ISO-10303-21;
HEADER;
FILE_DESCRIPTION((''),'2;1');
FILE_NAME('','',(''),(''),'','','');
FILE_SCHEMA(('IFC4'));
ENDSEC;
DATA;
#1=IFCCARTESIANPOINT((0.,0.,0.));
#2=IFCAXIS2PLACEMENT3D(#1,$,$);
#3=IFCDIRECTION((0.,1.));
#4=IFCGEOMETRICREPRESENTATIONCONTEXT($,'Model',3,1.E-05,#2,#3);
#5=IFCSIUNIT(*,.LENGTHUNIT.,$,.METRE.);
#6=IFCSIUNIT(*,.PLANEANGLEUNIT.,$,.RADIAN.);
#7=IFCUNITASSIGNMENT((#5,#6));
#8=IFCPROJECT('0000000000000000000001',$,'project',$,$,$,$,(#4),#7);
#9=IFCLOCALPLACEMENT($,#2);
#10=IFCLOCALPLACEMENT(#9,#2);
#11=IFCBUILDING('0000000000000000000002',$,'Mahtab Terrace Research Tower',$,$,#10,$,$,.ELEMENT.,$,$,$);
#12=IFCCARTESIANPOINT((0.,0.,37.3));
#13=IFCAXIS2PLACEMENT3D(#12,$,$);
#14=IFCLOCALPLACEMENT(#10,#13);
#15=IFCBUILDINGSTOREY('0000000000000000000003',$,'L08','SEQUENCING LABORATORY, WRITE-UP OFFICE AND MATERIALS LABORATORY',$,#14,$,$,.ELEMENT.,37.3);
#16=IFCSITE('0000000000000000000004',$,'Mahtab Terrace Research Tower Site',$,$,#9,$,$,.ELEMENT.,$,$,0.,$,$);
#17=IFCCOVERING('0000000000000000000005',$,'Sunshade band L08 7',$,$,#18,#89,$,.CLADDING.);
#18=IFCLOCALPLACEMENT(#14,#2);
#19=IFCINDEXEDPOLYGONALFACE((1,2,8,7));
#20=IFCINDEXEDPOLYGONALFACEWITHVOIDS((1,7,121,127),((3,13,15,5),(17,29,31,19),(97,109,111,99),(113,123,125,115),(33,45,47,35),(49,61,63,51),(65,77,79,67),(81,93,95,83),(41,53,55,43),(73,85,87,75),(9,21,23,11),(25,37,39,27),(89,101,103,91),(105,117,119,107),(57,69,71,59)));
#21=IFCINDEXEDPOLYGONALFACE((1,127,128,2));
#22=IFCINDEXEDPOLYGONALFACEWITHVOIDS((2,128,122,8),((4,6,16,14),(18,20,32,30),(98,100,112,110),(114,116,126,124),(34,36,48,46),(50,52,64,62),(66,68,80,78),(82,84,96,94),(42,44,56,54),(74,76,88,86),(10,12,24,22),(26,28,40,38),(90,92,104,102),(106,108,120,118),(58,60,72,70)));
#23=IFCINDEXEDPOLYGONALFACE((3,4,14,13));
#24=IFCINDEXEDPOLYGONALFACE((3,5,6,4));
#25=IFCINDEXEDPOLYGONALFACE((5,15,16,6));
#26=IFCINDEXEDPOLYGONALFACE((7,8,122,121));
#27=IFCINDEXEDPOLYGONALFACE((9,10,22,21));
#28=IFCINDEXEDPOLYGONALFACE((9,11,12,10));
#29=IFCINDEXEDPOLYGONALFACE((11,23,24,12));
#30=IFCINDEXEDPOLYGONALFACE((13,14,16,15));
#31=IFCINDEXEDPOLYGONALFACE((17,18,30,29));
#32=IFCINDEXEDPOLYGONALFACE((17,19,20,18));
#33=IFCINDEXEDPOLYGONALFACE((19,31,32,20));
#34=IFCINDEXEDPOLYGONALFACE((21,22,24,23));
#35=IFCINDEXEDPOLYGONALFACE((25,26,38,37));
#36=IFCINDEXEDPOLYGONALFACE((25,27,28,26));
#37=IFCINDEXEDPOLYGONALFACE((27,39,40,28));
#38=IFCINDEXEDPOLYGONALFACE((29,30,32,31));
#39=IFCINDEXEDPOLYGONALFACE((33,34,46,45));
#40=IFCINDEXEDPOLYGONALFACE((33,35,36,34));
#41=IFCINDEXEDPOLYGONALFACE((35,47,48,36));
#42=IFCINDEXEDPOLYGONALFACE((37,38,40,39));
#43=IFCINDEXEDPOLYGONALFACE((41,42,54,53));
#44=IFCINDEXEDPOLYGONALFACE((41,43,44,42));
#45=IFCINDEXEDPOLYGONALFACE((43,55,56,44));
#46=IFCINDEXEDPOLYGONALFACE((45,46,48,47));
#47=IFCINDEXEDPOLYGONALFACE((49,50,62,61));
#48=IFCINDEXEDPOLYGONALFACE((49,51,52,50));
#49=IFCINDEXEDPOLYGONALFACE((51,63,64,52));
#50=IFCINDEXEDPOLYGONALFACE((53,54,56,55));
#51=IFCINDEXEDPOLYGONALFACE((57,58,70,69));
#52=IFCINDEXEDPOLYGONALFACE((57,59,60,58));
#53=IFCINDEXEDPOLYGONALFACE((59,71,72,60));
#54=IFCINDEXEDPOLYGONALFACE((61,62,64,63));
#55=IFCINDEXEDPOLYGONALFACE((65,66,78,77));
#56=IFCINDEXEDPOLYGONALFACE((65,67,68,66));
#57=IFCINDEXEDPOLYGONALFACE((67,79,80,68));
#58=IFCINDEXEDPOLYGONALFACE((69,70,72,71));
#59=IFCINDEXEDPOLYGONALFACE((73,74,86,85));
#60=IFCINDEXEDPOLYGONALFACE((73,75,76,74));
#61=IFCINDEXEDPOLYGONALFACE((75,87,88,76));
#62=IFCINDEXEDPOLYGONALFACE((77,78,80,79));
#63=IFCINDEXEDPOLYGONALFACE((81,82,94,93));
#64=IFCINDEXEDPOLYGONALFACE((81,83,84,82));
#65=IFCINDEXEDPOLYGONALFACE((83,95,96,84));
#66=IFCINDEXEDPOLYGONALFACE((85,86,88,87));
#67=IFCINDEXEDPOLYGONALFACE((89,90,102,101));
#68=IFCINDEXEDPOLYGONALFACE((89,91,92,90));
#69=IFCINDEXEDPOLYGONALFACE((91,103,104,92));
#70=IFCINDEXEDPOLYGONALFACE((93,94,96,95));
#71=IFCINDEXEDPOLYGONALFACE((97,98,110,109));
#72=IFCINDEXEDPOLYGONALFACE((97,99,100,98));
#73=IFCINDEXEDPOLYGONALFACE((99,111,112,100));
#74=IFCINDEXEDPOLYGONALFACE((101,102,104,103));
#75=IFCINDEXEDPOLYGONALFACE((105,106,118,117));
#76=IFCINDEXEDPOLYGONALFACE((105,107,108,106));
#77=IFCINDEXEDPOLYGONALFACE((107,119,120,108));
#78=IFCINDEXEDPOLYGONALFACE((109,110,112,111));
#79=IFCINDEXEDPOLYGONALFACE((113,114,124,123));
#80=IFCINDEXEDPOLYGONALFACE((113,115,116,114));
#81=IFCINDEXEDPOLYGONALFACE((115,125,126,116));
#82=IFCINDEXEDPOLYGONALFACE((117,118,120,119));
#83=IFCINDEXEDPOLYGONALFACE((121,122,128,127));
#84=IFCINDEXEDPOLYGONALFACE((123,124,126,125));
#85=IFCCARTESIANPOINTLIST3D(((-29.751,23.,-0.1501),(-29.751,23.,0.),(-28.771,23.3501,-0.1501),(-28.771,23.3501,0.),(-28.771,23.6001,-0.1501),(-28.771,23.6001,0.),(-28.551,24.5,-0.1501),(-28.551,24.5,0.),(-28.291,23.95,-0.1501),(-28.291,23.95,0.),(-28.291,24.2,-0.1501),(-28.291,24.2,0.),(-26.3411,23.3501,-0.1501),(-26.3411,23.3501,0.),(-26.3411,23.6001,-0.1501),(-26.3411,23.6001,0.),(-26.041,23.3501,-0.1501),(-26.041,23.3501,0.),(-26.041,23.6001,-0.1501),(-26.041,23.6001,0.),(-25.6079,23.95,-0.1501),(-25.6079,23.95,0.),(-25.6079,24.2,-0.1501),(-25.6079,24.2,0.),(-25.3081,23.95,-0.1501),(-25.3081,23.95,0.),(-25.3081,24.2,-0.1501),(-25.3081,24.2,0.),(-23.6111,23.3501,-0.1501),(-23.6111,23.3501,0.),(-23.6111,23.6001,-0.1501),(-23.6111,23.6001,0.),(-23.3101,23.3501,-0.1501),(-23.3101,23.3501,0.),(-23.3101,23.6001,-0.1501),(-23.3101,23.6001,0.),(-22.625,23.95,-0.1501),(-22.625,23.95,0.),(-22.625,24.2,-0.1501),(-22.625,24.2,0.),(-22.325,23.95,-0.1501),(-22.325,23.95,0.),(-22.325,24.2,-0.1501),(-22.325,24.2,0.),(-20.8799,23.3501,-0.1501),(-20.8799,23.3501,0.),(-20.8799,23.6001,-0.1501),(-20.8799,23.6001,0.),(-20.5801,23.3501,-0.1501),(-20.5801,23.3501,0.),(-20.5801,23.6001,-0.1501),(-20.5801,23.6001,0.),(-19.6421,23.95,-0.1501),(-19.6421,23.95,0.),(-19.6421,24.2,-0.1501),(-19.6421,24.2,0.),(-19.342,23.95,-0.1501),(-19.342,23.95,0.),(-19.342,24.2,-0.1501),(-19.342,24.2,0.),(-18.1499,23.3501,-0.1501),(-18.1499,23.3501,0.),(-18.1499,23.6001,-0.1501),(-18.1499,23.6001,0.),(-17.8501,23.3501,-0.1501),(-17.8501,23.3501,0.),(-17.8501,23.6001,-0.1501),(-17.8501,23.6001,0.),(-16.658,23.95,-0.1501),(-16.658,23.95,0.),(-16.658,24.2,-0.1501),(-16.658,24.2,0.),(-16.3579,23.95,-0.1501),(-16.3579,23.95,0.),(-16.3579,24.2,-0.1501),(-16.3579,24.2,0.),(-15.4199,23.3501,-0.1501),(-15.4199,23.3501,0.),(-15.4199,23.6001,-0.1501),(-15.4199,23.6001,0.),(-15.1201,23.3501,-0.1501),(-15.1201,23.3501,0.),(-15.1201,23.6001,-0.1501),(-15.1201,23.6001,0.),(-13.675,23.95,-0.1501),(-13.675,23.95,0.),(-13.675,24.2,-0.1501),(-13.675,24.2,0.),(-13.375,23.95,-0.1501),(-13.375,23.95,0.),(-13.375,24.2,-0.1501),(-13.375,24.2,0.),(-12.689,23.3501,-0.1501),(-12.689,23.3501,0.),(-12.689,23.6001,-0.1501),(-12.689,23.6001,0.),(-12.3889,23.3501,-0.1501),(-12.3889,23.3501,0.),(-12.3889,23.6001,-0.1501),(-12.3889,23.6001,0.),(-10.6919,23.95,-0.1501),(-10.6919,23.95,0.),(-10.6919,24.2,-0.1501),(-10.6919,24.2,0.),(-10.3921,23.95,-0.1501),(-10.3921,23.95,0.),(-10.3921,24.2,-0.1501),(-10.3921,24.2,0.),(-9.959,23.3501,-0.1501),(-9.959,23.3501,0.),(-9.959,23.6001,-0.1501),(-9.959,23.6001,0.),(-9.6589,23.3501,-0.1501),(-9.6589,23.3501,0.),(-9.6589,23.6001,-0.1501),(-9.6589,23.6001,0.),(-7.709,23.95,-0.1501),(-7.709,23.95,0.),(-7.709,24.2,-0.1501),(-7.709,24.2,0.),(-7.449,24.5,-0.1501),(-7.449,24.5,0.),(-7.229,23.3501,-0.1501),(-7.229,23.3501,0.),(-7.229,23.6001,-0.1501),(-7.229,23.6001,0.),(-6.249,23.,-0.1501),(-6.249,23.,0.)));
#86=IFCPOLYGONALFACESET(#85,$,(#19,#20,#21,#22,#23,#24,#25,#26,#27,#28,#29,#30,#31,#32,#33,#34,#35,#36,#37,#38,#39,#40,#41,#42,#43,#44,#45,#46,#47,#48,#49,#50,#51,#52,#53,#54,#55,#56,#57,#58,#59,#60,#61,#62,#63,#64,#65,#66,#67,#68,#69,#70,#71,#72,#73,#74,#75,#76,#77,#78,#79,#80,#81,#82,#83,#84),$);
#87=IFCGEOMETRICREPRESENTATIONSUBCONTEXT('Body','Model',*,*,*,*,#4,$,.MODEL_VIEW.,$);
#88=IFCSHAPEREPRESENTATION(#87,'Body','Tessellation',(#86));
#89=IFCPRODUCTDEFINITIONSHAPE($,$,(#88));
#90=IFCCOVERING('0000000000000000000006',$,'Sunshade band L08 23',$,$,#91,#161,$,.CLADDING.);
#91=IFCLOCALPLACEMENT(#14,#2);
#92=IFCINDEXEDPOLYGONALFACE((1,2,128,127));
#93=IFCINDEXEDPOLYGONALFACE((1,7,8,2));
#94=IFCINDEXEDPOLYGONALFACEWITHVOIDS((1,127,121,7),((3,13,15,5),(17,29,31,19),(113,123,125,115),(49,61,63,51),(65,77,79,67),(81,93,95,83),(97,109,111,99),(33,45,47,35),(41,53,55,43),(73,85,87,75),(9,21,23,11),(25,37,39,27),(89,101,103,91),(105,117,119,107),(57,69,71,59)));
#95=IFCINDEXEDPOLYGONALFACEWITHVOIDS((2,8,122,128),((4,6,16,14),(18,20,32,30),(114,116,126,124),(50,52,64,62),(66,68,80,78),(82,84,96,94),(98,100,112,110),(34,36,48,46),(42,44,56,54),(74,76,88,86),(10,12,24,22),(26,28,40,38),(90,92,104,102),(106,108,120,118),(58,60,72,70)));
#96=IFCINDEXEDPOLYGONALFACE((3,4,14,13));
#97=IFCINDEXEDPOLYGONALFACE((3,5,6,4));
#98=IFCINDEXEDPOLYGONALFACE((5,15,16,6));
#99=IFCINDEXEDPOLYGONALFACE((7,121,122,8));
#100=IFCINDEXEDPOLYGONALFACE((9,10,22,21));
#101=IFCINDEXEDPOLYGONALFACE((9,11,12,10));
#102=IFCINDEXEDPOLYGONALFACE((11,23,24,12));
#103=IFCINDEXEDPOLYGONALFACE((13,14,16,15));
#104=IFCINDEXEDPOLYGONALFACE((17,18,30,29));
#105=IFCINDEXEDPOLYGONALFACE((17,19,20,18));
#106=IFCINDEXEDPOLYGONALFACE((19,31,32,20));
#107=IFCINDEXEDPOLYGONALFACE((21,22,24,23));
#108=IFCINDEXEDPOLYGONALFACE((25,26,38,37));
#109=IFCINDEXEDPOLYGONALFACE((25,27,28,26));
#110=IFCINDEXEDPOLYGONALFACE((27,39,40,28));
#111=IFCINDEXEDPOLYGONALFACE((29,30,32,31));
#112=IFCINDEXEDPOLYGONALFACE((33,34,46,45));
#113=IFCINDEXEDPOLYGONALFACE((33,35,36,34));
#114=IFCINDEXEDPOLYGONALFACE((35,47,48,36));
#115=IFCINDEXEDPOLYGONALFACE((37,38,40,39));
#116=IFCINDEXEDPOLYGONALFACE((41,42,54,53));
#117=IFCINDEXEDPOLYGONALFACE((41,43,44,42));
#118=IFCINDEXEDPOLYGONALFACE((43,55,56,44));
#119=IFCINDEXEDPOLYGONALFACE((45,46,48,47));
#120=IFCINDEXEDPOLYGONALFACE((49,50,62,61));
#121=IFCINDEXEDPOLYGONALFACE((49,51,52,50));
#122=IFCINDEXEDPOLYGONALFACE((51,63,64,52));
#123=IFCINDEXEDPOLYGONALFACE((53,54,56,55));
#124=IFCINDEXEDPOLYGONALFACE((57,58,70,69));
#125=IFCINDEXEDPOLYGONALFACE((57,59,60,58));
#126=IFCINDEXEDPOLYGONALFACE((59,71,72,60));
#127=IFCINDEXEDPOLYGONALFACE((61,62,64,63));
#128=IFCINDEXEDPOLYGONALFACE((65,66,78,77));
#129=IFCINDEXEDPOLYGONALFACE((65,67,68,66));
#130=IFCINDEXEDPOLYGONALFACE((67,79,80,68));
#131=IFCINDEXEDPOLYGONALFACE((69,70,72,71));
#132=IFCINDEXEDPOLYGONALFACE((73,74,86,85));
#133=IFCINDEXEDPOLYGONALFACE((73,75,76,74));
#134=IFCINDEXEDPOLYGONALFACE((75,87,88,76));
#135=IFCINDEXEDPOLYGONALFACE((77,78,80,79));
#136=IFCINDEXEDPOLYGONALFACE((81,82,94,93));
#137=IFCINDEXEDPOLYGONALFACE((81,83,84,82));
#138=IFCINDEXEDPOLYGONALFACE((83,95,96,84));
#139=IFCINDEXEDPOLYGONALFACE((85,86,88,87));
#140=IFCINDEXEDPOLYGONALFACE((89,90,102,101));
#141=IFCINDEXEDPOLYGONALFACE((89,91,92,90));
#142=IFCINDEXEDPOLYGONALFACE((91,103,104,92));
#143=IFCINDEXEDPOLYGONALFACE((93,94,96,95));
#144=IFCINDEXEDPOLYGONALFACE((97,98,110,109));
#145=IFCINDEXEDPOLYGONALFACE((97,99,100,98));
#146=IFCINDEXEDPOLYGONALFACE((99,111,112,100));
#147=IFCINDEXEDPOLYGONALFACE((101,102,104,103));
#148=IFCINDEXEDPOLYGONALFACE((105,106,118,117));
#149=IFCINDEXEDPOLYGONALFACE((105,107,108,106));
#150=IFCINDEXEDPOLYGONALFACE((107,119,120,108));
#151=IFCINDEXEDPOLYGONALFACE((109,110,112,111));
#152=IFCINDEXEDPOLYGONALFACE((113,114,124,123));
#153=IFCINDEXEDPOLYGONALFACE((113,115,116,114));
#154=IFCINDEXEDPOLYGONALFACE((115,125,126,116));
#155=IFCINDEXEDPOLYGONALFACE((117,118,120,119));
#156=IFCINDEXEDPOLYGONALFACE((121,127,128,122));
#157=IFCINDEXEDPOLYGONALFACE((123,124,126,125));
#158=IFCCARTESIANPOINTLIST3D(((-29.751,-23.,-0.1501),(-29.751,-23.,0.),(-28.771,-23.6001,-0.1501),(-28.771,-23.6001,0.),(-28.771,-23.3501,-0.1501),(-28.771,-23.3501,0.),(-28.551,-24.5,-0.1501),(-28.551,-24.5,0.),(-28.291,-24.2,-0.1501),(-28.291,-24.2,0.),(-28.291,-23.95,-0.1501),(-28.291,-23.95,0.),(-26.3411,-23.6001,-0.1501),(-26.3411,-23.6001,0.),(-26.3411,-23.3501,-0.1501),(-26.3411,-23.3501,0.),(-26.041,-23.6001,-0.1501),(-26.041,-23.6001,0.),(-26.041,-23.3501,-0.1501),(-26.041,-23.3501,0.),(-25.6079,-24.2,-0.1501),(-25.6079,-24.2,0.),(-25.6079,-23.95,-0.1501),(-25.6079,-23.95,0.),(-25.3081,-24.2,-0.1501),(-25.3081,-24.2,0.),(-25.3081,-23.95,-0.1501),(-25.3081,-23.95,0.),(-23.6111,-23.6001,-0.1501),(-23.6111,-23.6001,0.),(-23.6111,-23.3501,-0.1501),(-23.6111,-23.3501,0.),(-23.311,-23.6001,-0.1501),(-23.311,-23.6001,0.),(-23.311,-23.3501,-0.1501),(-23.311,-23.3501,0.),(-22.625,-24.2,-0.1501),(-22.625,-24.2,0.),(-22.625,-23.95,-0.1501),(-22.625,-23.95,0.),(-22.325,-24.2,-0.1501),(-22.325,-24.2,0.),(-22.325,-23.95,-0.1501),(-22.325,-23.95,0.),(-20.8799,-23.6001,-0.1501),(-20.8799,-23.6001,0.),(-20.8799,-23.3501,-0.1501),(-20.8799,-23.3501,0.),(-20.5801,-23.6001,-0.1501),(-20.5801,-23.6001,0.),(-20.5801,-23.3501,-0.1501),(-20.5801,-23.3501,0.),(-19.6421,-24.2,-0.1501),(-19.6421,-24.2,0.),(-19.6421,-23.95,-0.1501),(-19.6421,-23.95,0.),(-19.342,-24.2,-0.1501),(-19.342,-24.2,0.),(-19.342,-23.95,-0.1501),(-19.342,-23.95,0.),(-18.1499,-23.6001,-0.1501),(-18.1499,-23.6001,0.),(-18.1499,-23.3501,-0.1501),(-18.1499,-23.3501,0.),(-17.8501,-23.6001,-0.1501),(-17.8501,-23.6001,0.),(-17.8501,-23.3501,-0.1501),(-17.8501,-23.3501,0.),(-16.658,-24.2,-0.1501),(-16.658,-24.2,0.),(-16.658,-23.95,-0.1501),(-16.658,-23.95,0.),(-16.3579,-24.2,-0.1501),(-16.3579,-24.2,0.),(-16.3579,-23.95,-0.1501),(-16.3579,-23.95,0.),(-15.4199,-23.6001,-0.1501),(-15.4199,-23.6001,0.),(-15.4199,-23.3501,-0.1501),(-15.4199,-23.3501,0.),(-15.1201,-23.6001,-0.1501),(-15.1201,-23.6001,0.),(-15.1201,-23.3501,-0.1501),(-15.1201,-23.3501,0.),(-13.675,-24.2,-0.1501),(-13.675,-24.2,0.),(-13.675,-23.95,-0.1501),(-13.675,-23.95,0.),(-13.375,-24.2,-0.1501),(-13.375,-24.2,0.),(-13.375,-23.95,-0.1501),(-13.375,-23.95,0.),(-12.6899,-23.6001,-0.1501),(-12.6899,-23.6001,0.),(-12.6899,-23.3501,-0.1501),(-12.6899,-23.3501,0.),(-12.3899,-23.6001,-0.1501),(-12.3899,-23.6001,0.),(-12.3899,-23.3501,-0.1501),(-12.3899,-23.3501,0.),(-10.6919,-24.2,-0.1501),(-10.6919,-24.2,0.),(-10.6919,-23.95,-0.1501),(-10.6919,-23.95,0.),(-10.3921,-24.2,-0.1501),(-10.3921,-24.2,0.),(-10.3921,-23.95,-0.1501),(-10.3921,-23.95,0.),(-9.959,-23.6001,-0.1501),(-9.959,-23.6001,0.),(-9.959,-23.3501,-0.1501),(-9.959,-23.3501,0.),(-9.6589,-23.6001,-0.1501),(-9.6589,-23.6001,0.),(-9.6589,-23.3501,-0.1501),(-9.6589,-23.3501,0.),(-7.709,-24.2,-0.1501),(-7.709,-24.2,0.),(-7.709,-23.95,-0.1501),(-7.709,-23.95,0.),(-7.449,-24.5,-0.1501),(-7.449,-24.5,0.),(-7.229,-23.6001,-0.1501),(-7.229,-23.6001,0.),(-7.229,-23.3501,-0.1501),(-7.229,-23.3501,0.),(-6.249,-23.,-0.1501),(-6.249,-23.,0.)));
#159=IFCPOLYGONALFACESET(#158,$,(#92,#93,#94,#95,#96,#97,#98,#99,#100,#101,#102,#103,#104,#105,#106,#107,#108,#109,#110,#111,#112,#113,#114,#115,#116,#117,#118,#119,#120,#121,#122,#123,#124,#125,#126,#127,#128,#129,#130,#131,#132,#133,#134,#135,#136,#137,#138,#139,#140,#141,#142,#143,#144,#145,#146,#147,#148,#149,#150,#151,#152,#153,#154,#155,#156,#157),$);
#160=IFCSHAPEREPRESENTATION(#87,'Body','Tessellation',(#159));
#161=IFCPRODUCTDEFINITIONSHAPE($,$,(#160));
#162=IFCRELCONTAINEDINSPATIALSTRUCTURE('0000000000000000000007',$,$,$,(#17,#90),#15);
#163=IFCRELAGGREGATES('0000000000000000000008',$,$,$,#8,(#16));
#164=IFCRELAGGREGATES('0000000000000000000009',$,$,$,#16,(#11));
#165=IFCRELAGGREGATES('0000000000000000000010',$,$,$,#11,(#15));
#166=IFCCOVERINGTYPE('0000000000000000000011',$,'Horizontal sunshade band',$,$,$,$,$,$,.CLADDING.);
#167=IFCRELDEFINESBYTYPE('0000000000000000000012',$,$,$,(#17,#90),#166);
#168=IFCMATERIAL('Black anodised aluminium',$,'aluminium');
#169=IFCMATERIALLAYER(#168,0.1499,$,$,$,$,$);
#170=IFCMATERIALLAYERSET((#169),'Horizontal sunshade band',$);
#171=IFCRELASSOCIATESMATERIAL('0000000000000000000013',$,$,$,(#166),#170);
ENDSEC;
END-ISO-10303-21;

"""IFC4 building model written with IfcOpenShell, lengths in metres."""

from ifc_helpers import new_model, si_unit, direction, frame, origin, place, context, subcontext, project, spatial, polyline, outline, extrude, material, layer, layer_set, type_object, element, save


model = new_model("IFC4")

# Units and contexts
model_context = context("Model", 3, precision=1e-05, world=origin(), true_north=direction((0.0, 1.0)))
body_context = subcontext(model_context, "Body", "Model", "MODEL_VIEW")
ifc_project = project(units=[si_unit("LENGTHUNIT", "METRE"), si_unit("PLANEANGLEUNIT", "RADIAN")], contexts=[model_context])

# Site, building, storey
site_placement = place(None, origin())
site = spatial("IfcSite", under=ifc_project, at=site_placement, Name="Mahtab Terrace Research Tower Site", CompositionType="ELEMENT", RefElevation=0.0)
building_placement = place(site_placement, origin())
building = spatial("IfcBuilding", under=site, at=building_placement, Name="Mahtab Terrace Research Tower", CompositionType="ELEMENT")
storey_placement = place(building_placement, frame((0.0, 0.0, 37.3)))
storey = spatial("IfcBuildingStorey", under=building, at=storey_placement, Name="L08", Description="SEQUENCING LABORATORY, WRITE-UP OFFICE AND MATERIALS LABORATORY", CompositionType="ELEMENT", Elevation=37.3)

# Coverings
ifc_material_1 = material(Name="Black anodised aluminium", Category="aluminium")
ifc_layer_1 = layer(ifc_material_1, 0.1499)
ifc_layer_set_1 = layer_set([ifc_layer_1], Name="Horizontal sunshade band")
covering_type = type_object("IfcCoveringType", Name="Horizontal sunshade band", PredefinedType="CLADDING", material=ifc_layer_set_1)
covering_1_placement = place(storey_placement, frame((0.0, 0.0, -0.1501)))
element("IfcCovering", 1, at=covering_1_placement, inside=storey, type_object=covering_type, Name="Sunshade band L08 7", PredefinedType="CLADDING", context=body_context, shape_type="SweptSolid", body=[
    extrude(outline(polyline([(-6.249, 23.0), (-29.751, 23.0), (-28.551, 24.5), (-7.449, 24.5), (-6.249, 23.0)]), holes=[polyline([(-7.229, 23.3501), (-9.6589, 23.3501), (-9.6589, 23.6001), (-7.229, 23.6001), (-7.229, 23.3501)]), polyline([(-9.959, 23.3501), (-12.3889, 23.3501), (-12.3889, 23.6001), (-9.959, 23.6001), (-9.959, 23.3501)]), polyline([(-12.689, 23.3501), (-15.1201, 23.3501), (-15.1201, 23.6001), (-12.689, 23.6001), (-12.689, 23.3501)]), polyline([(-15.4199, 23.3501), (-17.8501, 23.3501), (-17.8501, 23.6001), (-15.4199, 23.6001), (-15.4199, 23.3501)]), polyline([(-18.1499, 23.3501), (-20.5801, 23.3501), (-20.5801, 23.6001), (-18.1499, 23.6001), (-18.1499, 23.3501)]), polyline([(-20.8799, 23.3501), (-23.3101, 23.3501), (-23.3101, 23.6001), (-20.8799, 23.6001), (-20.8799, 23.3501)]), polyline([(-23.6111, 23.3501), (-26.041, 23.3501), (-26.041, 23.6001), (-23.6111, 23.6001), (-23.6111, 23.3501)]), polyline([(-26.3411, 23.3501), (-28.771, 23.3501), (-28.771, 23.6001), (-26.3411, 23.6001), (-26.3411, 23.3501)]), polyline([(-7.709, 23.95), (-10.3921, 23.95), (-10.3921, 24.2), (-7.709, 24.2), (-7.709, 23.95)]), polyline([(-10.6919, 23.95), (-13.375, 23.95), (-13.375, 24.2), (-10.6919, 24.2), (-10.6919, 23.95)]), polyline([(-13.675, 23.95), (-16.3579, 23.95), (-16.3579, 24.2), (-13.675, 24.2), (-13.675, 23.95)]), polyline([(-16.658, 23.95), (-19.342, 23.95), (-19.342, 24.2), (-16.658, 24.2), (-16.658, 23.95)]), polyline([(-19.6421, 23.95), (-22.325, 23.95), (-22.325, 24.2), (-19.6421, 24.2), (-19.6421, 23.95)]), polyline([(-22.625, 23.95), (-25.3081, 23.95), (-25.3081, 24.2), (-22.625, 24.2), (-22.625, 23.95)]), polyline([(-25.6079, 23.95), (-28.291, 23.95), (-28.291, 24.2), (-25.6079, 24.2), (-25.6079, 23.95)])]), origin(), (0.0, 0.0, 1.0), 0.1501),
])
covering_2_placement = place(storey_placement, frame((0.0, 0.0, -0.1501)))
element("IfcCovering", 2, at=covering_2_placement, inside=storey, type_object=covering_type, Name="Sunshade band L08 23", PredefinedType="CLADDING", context=body_context, shape_type="SweptSolid", body=[
    extrude(outline(polyline([(-29.751, -23.0), (-6.249, -23.0), (-7.449, -24.5), (-28.551, -24.5), (-29.751, -23.0)]), holes=[polyline([(-28.771, -23.3501), (-26.3411, -23.3501), (-26.3411, -23.6001), (-28.771, -23.6001), (-28.771, -23.3501)]), polyline([(-26.041, -23.3501), (-23.6111, -23.3501), (-23.6111, -23.6001), (-26.041, -23.6001), (-26.041, -23.3501)]), polyline([(-23.311, -23.3501), (-20.8799, -23.3501), (-20.8799, -23.6001), (-23.311, -23.6001), (-23.311, -23.3501)]), polyline([(-20.5801, -23.3501), (-18.1499, -23.3501), (-18.1499, -23.6001), (-20.5801, -23.6001), (-20.5801, -23.3501)]), polyline([(-17.8501, -23.3501), (-15.4199, -23.3501), (-15.4199, -23.6001), (-17.8501, -23.6001), (-17.8501, -23.3501)]), polyline([(-15.1201, -23.3501), (-12.6899, -23.3501), (-12.6899, -23.6001), (-15.1201, -23.6001), (-15.1201, -23.3501)]), polyline([(-12.3899, -23.3501), (-9.959, -23.3501), (-9.959, -23.6001), (-12.3899, -23.6001), (-12.3899, -23.3501)]), polyline([(-9.6589, -23.3501), (-7.229, -23.3501), (-7.229, -23.6001), (-9.6589, -23.6001), (-9.6589, -23.3501)]), polyline([(-28.291, -23.95), (-25.6079, -23.95), (-25.6079, -24.2), (-28.291, -24.2), (-28.291, -23.95)]), polyline([(-25.3081, -23.95), (-22.625, -23.95), (-22.625, -24.2), (-25.3081, -24.2), (-25.3081, -23.95)]), polyline([(-22.325, -23.95), (-19.6421, -23.95), (-19.6421, -24.2), (-22.325, -24.2), (-22.325, -23.95)]), polyline([(-19.342, -23.95), (-16.658, -23.95), (-16.658, -24.2), (-19.342, -24.2), (-19.342, -23.95)]), polyline([(-16.3579, -23.95), (-13.675, -23.95), (-13.675, -24.2), (-16.3579, -24.2), (-16.3579, -23.95)]), polyline([(-13.375, -23.95), (-10.6919, -23.95), (-10.6919, -24.2), (-13.375, -24.2), (-13.375, -23.95)]), polyline([(-10.3921, -23.95), (-7.709, -23.95), (-7.709, -24.2), (-10.3921, -24.2), (-10.3921, -23.95)])]), origin(), (0.0, 0.0, 1.0), 0.1501),
])

save(model, "model.ifc")
